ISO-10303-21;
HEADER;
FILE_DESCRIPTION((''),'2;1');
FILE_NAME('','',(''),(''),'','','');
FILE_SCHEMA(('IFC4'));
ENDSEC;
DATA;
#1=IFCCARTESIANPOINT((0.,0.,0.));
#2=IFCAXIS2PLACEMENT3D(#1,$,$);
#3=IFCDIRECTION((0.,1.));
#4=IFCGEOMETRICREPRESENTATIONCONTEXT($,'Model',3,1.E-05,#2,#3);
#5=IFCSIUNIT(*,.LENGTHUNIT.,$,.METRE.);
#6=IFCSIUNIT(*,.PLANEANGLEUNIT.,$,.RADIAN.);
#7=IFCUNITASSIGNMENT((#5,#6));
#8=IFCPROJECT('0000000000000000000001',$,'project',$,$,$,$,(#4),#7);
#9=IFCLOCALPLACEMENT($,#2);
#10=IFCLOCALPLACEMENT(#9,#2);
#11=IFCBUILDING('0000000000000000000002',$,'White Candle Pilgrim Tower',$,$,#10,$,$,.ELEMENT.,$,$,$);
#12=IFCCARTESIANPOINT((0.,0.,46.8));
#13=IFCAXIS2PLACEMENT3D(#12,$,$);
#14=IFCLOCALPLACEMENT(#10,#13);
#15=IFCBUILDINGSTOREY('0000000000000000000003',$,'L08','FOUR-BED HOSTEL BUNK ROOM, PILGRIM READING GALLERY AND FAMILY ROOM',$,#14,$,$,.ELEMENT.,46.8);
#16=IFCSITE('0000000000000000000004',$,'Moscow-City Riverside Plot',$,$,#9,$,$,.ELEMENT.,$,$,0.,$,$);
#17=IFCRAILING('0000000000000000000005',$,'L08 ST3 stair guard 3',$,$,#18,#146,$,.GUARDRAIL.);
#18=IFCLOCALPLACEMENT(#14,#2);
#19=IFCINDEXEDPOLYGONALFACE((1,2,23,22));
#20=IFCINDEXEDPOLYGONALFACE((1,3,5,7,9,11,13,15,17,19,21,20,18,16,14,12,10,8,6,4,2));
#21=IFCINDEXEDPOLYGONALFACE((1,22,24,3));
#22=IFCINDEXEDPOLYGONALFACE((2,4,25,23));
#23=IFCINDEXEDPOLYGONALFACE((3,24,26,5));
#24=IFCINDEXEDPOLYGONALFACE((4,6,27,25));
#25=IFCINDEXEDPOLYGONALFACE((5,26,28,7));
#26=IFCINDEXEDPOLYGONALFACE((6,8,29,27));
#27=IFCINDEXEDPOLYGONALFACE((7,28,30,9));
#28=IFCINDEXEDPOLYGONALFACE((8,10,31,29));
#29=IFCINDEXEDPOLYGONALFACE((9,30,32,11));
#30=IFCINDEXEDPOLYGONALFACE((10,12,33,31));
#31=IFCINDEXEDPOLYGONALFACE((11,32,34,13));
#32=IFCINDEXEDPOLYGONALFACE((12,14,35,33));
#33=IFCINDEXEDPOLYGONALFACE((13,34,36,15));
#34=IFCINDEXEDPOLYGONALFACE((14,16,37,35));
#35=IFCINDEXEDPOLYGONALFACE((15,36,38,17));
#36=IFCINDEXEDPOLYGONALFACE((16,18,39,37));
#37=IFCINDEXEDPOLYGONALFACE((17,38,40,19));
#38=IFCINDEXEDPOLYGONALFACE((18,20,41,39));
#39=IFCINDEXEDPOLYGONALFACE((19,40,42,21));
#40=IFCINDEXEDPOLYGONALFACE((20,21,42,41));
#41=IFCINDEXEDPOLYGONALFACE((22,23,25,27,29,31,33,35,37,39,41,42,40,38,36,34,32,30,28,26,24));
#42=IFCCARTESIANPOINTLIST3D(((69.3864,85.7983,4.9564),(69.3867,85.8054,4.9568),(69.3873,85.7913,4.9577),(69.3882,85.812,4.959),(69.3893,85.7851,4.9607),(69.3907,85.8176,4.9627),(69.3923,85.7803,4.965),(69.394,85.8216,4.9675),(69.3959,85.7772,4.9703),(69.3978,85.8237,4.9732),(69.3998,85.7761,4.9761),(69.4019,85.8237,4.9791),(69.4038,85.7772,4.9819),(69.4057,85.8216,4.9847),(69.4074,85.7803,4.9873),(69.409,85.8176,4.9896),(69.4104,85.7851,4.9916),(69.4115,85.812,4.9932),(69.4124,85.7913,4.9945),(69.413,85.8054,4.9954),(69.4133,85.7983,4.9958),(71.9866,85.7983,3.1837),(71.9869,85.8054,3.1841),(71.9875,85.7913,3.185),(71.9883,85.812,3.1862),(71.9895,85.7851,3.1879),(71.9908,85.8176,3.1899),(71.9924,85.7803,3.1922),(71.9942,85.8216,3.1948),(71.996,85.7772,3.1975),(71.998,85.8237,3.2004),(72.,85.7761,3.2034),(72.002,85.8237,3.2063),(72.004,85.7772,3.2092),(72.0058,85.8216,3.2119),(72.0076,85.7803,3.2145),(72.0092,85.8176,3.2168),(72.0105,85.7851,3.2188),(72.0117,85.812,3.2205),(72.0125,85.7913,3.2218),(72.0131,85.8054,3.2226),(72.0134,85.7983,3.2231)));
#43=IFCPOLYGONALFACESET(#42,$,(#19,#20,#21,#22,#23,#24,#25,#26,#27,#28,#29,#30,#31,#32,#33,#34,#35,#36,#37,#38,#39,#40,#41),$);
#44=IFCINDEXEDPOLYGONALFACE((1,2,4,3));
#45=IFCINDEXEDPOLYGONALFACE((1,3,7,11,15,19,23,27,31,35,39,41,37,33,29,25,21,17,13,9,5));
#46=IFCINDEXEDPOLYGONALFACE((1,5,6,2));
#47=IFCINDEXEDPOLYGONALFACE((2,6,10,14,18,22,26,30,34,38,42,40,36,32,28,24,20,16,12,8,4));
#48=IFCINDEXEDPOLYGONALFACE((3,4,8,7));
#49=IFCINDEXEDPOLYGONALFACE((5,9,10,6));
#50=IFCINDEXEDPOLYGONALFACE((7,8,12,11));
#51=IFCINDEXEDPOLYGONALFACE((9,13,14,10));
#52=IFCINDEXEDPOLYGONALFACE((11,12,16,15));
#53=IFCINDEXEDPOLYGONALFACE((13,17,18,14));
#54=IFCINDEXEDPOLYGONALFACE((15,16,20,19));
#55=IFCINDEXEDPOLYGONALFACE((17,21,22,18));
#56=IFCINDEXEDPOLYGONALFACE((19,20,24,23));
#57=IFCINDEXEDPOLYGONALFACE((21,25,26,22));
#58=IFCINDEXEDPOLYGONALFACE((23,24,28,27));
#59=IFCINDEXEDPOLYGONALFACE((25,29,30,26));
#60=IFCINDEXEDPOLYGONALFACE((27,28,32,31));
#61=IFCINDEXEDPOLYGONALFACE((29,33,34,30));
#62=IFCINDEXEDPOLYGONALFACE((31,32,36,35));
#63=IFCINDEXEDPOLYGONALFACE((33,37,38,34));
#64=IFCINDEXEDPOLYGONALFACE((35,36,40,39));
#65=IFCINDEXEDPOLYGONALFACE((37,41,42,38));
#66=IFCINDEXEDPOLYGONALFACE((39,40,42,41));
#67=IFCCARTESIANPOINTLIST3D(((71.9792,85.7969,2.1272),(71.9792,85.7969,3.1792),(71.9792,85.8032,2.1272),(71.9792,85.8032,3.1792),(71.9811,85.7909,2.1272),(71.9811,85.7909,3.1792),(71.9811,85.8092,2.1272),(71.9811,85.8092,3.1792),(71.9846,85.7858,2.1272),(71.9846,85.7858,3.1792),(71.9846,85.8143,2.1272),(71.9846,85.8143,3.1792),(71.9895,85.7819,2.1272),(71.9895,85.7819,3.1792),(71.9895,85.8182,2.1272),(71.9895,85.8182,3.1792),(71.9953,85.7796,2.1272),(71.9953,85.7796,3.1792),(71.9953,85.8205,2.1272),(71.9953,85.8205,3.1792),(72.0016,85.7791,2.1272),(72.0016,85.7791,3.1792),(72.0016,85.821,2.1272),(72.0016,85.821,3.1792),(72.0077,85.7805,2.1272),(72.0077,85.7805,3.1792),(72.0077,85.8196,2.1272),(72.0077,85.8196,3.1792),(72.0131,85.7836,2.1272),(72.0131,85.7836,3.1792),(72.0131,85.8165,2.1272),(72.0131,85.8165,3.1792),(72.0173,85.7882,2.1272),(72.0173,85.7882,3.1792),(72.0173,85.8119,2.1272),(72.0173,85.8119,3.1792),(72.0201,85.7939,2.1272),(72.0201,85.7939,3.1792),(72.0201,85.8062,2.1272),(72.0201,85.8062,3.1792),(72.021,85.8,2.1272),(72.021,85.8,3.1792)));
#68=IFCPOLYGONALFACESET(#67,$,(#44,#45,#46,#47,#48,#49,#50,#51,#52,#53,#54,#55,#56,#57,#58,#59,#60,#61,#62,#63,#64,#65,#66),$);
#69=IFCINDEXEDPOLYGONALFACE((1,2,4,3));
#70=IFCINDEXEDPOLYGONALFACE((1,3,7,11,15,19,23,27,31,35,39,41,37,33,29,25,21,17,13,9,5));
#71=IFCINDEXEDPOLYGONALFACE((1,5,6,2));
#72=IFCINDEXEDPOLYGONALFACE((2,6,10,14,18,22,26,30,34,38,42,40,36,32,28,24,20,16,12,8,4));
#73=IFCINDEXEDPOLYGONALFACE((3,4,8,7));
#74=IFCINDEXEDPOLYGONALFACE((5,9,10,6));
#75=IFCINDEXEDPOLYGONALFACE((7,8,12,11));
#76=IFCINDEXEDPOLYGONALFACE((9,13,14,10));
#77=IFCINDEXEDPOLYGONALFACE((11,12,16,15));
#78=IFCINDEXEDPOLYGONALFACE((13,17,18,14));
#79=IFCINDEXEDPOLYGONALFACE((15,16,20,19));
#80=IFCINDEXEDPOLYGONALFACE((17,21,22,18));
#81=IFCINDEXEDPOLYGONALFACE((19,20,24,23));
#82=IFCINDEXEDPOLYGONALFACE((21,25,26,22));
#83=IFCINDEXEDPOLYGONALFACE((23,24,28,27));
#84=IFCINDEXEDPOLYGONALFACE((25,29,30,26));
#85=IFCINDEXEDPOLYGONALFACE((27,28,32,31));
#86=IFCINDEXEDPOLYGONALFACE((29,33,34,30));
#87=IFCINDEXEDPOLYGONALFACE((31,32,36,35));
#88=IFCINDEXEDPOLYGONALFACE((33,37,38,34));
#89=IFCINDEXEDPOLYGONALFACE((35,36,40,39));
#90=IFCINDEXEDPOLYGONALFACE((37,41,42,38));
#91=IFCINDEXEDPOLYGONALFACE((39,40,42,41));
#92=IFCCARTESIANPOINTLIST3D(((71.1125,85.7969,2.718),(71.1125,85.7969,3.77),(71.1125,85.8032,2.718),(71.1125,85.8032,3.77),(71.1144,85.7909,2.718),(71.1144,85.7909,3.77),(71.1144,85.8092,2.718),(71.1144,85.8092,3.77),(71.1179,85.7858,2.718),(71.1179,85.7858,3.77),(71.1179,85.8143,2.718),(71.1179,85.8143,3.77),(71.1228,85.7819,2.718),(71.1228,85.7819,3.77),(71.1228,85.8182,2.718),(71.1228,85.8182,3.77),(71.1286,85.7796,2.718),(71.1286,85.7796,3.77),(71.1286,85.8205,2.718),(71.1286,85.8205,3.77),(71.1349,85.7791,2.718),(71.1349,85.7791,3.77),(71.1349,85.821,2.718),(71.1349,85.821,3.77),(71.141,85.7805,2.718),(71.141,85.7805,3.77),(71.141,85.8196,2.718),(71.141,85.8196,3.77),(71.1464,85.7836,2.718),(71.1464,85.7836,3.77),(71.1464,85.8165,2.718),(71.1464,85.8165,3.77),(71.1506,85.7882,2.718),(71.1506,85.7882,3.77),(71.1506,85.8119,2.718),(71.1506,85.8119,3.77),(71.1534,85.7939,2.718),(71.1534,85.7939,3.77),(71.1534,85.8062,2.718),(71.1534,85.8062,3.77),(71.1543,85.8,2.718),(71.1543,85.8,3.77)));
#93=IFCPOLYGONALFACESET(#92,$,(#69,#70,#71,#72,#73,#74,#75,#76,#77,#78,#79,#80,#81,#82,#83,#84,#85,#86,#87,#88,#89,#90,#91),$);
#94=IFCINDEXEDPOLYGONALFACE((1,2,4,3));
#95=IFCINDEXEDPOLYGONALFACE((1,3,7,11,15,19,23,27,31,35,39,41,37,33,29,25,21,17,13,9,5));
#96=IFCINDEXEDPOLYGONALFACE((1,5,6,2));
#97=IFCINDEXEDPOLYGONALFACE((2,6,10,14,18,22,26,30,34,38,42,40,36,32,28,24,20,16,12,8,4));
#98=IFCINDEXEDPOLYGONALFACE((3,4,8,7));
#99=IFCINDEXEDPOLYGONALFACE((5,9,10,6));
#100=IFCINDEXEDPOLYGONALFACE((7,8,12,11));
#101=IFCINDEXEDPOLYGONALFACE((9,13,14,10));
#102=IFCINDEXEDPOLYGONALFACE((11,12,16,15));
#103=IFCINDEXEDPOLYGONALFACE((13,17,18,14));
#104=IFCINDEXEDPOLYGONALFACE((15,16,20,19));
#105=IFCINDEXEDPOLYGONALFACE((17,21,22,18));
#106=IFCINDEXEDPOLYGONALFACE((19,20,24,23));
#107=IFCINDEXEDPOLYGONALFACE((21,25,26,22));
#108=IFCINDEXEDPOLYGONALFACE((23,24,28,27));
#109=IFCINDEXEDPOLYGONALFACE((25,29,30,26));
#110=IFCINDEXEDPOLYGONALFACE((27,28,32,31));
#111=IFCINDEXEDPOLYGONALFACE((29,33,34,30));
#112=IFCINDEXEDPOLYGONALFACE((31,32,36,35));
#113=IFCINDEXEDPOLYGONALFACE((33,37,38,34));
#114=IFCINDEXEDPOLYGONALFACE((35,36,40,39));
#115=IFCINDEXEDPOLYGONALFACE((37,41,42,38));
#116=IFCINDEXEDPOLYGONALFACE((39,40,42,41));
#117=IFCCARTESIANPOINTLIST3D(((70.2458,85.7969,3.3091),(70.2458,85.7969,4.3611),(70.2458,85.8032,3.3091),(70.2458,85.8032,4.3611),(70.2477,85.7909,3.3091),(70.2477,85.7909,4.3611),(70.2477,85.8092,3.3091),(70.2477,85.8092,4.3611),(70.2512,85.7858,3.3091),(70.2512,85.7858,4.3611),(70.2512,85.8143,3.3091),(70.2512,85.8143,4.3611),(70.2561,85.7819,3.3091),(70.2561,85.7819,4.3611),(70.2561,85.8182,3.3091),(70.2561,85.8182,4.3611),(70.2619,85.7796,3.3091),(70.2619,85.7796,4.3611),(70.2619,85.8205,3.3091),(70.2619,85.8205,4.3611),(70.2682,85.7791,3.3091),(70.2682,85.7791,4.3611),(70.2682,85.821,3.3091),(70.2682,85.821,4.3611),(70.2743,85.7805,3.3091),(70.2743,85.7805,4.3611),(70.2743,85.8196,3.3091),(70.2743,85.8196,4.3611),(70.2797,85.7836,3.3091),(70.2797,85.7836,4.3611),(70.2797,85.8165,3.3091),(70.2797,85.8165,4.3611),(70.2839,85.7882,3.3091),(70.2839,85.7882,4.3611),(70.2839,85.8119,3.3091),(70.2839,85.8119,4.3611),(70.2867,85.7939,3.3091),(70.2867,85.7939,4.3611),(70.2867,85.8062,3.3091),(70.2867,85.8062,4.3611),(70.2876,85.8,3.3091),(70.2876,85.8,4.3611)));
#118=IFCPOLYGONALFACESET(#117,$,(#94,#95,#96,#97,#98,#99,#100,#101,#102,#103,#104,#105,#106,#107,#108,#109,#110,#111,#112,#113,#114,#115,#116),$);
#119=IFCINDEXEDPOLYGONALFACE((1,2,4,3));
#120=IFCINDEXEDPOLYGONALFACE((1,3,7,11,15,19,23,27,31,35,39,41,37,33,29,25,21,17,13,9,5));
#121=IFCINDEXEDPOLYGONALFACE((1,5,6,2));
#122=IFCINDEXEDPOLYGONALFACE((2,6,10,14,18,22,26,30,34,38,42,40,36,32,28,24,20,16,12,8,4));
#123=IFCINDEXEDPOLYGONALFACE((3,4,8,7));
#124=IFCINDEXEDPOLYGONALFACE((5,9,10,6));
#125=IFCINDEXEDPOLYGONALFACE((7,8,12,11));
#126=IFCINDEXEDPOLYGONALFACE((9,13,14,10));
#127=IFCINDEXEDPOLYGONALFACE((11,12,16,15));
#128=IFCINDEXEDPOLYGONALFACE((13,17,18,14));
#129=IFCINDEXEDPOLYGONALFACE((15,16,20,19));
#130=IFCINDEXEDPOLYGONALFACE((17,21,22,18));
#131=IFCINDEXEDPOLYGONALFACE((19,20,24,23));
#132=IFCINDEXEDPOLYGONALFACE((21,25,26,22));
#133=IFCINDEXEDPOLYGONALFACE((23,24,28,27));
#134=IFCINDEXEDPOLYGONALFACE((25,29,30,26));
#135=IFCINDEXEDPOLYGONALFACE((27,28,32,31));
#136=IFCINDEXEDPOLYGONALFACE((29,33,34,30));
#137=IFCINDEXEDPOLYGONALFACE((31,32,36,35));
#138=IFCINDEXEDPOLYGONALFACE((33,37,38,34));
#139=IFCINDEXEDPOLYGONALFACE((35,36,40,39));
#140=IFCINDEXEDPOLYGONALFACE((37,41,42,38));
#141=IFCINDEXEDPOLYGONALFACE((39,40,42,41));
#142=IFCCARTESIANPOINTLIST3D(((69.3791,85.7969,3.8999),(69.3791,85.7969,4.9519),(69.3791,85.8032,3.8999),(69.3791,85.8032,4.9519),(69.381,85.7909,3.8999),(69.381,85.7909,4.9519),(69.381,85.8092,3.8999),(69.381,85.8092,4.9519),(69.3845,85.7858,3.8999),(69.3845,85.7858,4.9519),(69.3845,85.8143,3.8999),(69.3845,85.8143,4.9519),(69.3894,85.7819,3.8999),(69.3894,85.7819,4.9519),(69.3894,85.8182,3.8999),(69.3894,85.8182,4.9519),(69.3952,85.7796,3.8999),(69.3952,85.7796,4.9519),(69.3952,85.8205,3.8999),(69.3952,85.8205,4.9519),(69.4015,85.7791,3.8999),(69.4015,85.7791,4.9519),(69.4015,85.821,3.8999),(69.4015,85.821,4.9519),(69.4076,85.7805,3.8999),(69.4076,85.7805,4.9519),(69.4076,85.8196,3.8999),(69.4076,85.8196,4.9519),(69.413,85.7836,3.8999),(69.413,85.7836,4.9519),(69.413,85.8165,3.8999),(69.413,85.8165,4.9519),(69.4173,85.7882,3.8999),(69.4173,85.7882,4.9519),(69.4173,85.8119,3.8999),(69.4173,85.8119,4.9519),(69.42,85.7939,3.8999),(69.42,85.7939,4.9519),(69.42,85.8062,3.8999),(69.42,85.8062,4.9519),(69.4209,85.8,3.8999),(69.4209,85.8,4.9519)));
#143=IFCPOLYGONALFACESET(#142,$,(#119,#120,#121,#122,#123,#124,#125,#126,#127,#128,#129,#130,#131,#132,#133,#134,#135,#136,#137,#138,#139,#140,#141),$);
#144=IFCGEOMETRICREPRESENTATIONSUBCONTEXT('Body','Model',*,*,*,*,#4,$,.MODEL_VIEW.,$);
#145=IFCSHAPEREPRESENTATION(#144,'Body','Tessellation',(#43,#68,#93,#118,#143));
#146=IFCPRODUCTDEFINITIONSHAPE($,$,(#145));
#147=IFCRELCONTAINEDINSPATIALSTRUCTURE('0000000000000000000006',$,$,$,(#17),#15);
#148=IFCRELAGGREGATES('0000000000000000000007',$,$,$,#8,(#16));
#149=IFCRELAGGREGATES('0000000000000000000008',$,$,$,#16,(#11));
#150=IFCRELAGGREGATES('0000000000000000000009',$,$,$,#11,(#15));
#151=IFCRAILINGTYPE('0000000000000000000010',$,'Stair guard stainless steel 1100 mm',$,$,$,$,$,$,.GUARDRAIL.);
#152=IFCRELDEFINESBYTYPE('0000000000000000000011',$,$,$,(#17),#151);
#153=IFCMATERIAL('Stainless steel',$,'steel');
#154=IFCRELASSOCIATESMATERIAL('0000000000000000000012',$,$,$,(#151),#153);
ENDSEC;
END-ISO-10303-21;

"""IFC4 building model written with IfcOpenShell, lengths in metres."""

from ifc_helpers import new_model, si_unit, direction, frame, origin, origin_2d, place, context, subcontext, project, spatial, circle, extrude, material, type_object, element, save


model = new_model("IFC4")

# Units and contexts
model_context = context("Model", 3, precision=1e-05, world=origin(), true_north=direction((0.0, 1.0)))
body_context = subcontext(model_context, "Body", "Model", "MODEL_VIEW")
ifc_project = project(units=[si_unit("LENGTHUNIT", "METRE"), si_unit("PLANEANGLEUNIT", "RADIAN")], contexts=[model_context])

# Site, building, storey
site_placement = place(None, origin())
site = spatial("IfcSite", under=ifc_project, at=site_placement, Name="Moscow-City Riverside Plot", CompositionType="ELEMENT", RefElevation=0.0)
building_placement = place(site_placement, origin())
building = spatial("IfcBuilding", under=site, at=building_placement, Name="White Candle Pilgrim Tower", CompositionType="ELEMENT")
storey_placement = place(building_placement, frame((0.0, 0.0, 46.8)))
storey = spatial("IfcBuildingStorey", under=building, at=storey_placement, Name="L08", Description="FOUR-BED HOSTEL BUNK ROOM, PILGRIM READING GALLERY AND FAMILY ROOM", CompositionType="ELEMENT", Elevation=46.8)

# Railing
ifc_material_1 = material(Name="Stainless steel", Category="steel")
railing_type_1 = type_object("IfcRailingType", Name="Stair guard stainless steel 1100 mm", PredefinedType="GUARDRAIL", material=ifc_material_1)
railing_1_placement = place(storey_placement, frame((72.0, 85.8, 2.1272)))
element("IfcRailing", 1, at=railing_1_placement, inside=storey, type_object=railing_type_1, Name="L08 ST3 stair guard 3", PredefinedType="GUARDRAIL", context=body_context, shape_type="SweptSolid", body=[
    extrude(circle(Radius=0.0239, at=origin_2d()), frame((0.0, 0.0, 1.0762), z_axis=(-0.82624, 0.0, 0.563318), x_axis=(0.0, -1.0, 0.0)), (0.0, 0.0, 1.0), 3.147),
    extrude(circle(Radius=0.021, at=origin_2d()), origin(), (0.0, 0.0, 1.0), 1.052),
    extrude(circle(Radius=0.021, at=origin_2d()), frame((-0.8667, 0.0, 0.5908)), (0.0, 0.0, 1.0), 1.052),
    extrude(circle(Radius=0.021, at=origin_2d()), frame((-1.7334, 0.0, 1.1819)), (0.0, 0.0, 1.0), 1.052),
    extrude(circle(Radius=0.021, at=origin_2d()), frame((-2.6001, 0.0, 1.7727)), (0.0, 0.0, 1.0), 1.052),
])

save(model, "model.ifc")
